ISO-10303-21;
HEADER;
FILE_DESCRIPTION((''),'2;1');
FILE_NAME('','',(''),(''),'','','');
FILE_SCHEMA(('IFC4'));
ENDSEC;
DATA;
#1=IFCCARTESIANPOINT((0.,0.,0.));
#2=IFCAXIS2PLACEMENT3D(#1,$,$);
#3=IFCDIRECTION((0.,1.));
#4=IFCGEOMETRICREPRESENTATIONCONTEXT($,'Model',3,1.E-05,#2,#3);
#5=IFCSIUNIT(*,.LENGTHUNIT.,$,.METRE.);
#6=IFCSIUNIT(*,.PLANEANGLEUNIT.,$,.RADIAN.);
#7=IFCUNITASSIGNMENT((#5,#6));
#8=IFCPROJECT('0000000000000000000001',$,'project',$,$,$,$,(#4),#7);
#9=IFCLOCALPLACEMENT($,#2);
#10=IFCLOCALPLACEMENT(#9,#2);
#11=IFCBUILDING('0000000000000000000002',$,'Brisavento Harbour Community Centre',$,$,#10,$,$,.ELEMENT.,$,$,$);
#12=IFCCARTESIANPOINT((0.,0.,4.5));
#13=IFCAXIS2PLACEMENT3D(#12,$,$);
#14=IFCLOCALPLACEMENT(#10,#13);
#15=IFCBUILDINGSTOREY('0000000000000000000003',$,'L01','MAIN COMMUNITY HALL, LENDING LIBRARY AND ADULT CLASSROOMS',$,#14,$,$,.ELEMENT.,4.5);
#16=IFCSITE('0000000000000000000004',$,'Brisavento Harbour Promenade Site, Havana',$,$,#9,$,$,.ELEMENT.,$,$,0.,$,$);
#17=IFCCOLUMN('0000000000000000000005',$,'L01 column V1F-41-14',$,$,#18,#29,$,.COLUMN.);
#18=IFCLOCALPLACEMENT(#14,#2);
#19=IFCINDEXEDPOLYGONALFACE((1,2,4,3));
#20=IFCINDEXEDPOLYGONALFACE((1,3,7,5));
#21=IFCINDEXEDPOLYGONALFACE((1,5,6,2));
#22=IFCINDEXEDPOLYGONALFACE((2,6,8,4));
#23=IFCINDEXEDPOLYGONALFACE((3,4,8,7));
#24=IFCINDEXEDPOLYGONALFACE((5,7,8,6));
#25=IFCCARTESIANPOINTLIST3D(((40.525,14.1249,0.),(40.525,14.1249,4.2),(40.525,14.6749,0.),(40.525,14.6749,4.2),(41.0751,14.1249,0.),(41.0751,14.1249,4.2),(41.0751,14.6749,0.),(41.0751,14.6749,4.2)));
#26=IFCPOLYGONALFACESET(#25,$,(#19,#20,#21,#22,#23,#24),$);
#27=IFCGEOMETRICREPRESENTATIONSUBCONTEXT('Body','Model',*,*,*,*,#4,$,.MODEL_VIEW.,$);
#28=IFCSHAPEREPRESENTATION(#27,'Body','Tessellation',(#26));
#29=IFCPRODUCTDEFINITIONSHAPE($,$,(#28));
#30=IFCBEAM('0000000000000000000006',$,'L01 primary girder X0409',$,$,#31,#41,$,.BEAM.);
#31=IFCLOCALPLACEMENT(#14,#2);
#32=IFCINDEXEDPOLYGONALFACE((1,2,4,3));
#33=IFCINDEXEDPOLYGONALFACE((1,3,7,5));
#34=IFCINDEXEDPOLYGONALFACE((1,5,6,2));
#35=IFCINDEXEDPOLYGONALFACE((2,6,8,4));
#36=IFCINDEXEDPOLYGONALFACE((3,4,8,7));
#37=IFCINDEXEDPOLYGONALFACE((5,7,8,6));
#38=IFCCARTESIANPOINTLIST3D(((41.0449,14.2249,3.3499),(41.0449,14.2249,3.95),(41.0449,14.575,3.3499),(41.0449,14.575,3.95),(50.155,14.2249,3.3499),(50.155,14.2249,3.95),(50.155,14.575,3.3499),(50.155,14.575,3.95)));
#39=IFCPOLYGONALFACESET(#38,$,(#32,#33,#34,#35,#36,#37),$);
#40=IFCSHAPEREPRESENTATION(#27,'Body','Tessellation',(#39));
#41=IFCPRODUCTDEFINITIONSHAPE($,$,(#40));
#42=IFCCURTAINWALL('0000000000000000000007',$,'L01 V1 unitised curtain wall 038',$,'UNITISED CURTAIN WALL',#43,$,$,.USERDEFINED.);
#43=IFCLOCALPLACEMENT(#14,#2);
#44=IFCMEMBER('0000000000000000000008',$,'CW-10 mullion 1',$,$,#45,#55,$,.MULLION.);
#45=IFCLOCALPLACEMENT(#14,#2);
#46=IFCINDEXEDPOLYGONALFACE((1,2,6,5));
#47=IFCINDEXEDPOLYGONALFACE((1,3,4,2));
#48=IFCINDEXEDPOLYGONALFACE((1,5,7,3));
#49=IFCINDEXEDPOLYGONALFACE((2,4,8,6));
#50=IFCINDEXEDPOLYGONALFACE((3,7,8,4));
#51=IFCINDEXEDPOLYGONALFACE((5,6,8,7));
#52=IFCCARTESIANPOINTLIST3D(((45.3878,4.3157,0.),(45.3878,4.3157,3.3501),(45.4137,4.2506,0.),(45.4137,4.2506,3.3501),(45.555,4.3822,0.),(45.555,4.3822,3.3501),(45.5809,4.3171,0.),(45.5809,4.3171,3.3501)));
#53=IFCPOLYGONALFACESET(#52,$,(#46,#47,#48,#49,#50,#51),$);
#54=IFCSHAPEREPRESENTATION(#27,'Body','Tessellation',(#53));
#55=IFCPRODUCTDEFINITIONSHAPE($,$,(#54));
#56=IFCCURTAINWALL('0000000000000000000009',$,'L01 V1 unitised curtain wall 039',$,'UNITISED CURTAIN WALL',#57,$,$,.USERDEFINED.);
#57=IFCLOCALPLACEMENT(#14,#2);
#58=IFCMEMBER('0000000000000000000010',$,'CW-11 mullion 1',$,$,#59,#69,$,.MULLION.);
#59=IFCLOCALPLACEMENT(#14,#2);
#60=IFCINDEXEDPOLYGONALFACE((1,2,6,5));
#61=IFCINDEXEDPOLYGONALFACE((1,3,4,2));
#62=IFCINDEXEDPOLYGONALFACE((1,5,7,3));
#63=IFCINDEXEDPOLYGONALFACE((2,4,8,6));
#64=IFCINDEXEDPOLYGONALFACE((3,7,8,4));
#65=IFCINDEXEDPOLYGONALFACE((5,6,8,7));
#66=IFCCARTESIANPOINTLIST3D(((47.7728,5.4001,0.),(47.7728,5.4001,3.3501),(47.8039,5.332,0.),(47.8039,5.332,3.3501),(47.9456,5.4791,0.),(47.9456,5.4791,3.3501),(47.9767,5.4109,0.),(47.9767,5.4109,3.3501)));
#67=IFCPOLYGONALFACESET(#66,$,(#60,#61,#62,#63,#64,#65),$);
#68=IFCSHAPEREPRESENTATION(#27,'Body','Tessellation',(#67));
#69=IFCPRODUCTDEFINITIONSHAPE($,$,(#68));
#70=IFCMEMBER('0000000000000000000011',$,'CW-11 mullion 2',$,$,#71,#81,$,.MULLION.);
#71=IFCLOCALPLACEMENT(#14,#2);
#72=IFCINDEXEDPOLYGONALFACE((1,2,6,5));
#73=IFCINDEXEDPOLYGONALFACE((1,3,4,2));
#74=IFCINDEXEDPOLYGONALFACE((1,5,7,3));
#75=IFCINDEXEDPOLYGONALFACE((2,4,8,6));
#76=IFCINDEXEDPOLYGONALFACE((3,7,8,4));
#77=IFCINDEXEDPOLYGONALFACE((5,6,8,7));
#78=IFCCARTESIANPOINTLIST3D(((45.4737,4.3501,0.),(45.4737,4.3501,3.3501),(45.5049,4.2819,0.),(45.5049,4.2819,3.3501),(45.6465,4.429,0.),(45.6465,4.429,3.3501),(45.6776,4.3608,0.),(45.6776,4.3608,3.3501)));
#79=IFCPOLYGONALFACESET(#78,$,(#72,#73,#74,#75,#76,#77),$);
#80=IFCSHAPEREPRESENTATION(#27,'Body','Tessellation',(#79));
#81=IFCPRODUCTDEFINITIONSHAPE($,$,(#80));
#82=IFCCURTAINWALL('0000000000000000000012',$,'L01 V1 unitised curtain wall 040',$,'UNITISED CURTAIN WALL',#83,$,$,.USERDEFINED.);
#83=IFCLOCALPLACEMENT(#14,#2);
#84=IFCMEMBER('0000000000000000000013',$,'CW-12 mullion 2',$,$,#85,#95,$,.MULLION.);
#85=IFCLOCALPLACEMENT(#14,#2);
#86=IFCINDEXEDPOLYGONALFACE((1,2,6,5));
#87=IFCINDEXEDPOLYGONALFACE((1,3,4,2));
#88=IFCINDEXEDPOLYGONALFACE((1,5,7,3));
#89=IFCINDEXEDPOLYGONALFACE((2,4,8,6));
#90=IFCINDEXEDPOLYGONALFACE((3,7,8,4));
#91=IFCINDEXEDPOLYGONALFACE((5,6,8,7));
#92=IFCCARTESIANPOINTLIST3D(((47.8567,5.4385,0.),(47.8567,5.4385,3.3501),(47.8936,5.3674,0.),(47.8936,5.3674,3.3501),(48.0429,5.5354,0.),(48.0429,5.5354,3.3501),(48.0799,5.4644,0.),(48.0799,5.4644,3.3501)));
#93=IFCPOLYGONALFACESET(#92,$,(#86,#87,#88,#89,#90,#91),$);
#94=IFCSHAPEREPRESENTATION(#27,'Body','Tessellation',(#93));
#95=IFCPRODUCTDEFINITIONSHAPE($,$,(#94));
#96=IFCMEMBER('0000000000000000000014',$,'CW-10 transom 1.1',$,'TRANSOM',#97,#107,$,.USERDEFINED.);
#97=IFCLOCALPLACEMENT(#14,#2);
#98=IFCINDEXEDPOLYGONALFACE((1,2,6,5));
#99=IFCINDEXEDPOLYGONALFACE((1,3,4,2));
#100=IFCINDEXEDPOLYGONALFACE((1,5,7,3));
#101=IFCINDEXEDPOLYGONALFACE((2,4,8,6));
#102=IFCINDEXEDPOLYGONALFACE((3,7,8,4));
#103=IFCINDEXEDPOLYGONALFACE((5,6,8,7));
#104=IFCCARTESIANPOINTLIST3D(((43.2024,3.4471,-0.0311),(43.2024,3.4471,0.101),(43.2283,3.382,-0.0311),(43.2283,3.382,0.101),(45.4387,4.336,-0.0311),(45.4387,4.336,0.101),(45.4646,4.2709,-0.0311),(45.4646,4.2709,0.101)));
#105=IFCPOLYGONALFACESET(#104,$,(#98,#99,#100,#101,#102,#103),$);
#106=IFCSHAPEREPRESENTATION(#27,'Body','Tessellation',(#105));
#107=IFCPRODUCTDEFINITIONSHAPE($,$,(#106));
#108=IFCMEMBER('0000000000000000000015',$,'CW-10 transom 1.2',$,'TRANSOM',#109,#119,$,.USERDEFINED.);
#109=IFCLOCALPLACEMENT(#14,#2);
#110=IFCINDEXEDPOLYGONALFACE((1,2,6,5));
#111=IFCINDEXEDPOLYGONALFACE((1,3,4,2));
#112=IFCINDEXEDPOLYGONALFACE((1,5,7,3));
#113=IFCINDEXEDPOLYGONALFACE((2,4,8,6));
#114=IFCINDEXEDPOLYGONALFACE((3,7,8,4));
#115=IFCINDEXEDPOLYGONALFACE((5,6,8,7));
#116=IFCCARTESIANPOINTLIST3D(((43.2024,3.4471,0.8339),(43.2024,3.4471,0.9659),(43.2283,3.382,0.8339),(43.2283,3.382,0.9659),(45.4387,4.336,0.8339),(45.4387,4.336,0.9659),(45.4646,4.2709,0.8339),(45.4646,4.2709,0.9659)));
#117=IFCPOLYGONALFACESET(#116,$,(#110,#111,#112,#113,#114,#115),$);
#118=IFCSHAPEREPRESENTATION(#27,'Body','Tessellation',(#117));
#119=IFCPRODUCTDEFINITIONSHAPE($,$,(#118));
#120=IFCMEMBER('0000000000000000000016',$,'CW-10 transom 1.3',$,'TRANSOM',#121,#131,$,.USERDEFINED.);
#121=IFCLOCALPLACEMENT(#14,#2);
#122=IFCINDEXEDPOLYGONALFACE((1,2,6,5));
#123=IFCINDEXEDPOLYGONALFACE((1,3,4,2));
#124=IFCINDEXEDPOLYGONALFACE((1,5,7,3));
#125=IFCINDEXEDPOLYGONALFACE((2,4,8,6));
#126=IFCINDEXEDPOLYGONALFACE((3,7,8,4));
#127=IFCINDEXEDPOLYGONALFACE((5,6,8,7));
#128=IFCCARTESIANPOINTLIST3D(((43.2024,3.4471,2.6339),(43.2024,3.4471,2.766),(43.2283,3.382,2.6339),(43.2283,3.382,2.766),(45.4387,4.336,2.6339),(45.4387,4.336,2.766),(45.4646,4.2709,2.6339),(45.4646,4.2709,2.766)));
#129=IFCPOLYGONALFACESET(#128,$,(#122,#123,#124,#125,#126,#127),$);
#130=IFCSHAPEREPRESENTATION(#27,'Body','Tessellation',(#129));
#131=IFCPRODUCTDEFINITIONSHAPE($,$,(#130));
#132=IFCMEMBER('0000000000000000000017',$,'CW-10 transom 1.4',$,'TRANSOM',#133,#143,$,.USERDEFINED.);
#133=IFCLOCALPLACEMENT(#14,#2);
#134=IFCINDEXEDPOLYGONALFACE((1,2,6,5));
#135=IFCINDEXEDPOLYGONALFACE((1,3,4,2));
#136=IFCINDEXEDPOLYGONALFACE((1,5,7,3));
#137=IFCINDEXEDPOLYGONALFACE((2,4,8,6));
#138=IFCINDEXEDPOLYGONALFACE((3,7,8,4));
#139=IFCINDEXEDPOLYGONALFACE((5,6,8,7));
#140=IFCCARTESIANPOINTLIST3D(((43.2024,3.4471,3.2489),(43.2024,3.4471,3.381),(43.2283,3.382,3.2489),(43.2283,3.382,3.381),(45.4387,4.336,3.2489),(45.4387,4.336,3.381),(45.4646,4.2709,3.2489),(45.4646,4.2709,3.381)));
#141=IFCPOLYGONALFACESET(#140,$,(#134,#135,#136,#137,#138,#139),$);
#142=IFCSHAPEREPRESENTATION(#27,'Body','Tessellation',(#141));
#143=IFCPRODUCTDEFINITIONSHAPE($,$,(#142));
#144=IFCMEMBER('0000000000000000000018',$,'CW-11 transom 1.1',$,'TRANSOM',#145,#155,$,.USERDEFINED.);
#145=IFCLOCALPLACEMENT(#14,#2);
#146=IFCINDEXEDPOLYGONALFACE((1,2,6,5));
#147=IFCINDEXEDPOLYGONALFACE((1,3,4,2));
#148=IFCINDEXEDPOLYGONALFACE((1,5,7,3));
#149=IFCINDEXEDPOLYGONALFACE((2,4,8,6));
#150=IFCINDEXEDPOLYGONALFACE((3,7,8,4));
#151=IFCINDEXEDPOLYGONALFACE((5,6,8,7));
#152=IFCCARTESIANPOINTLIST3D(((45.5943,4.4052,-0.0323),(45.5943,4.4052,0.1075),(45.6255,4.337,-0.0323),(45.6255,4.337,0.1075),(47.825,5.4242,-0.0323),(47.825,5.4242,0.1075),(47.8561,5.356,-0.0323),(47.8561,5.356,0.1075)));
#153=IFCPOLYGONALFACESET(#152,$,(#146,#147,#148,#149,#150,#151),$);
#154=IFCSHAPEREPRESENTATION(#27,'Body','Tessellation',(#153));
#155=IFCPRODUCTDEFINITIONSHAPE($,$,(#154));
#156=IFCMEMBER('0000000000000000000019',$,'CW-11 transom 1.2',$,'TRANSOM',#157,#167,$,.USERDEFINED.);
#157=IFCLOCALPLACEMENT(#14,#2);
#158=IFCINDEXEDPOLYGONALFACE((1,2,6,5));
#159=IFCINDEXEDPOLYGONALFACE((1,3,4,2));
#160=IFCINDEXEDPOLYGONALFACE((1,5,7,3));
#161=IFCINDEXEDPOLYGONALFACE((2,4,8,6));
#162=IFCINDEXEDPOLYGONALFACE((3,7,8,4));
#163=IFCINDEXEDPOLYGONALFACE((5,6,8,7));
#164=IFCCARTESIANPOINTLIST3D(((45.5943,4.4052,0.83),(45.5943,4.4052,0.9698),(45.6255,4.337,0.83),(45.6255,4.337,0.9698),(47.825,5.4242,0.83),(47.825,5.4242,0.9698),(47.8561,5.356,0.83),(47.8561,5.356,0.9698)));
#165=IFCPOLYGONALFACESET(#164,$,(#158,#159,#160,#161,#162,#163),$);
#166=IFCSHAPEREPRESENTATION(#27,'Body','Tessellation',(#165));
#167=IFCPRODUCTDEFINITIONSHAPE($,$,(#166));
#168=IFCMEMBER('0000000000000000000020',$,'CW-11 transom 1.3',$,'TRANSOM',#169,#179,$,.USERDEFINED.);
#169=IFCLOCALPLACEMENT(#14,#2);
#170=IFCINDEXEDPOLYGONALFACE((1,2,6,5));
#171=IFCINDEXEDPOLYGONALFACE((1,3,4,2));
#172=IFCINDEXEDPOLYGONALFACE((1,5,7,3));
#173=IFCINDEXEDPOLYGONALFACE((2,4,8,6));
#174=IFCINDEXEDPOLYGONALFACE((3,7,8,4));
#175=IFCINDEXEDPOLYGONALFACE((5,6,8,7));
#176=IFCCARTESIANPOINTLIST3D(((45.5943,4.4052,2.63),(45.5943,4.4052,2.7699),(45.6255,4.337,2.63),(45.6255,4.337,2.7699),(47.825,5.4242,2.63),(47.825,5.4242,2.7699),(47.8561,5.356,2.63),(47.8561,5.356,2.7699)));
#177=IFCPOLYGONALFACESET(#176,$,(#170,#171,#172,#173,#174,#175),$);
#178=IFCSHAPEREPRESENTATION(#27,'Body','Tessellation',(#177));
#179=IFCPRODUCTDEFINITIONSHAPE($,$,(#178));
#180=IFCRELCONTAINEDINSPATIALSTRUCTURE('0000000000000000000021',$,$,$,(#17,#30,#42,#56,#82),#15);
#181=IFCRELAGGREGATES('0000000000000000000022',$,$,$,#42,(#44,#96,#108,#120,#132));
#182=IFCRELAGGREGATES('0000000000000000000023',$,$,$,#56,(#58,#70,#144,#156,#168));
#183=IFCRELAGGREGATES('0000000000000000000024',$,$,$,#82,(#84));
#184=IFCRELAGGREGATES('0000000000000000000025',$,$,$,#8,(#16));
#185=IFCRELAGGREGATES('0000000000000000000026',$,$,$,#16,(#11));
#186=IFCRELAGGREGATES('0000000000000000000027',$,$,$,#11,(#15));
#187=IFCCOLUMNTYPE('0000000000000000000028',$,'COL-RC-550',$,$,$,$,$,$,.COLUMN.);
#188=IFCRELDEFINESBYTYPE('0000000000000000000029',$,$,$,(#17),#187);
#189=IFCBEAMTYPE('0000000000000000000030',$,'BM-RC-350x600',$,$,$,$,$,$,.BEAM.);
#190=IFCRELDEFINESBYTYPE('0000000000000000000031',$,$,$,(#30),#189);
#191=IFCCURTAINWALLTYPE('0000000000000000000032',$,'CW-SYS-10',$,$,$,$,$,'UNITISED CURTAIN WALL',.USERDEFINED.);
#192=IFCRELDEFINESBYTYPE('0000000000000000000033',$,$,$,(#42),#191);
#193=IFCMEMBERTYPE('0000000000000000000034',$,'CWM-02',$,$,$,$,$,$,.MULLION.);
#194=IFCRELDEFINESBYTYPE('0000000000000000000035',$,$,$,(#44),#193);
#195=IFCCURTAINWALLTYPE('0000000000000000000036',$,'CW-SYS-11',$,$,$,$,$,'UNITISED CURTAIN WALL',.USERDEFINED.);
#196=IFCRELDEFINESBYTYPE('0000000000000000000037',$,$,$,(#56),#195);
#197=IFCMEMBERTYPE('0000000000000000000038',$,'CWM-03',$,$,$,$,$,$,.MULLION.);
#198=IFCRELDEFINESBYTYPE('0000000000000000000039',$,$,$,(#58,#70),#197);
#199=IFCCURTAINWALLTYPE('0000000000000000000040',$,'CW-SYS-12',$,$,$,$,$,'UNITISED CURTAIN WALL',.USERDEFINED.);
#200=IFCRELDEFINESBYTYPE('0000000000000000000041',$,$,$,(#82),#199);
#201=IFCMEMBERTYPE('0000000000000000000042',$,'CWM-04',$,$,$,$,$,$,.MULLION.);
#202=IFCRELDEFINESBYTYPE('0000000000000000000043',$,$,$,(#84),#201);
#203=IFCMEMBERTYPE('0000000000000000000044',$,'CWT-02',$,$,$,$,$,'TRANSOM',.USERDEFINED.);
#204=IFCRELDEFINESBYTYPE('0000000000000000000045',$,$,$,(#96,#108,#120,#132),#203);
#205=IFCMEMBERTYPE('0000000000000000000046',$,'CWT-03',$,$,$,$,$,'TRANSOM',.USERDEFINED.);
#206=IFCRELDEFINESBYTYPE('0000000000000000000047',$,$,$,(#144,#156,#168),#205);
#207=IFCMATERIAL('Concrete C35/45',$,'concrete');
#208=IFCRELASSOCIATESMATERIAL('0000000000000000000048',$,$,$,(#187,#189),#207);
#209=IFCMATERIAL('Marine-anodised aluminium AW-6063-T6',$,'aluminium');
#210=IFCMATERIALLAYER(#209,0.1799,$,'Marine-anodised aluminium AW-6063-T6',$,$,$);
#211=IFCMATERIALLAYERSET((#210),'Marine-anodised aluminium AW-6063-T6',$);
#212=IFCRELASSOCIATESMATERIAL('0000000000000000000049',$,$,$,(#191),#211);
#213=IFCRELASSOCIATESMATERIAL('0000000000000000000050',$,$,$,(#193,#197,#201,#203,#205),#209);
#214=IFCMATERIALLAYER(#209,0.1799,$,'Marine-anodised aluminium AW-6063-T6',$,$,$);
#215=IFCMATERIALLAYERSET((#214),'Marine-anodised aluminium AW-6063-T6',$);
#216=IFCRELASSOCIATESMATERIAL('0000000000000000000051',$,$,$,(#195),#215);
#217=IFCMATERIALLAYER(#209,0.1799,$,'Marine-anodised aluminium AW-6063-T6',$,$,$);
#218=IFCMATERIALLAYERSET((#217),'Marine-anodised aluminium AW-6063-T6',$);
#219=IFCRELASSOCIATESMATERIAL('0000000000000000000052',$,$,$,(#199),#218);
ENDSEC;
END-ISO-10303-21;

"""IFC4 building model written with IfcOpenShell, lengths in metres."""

from ifc_helpers import new_model, si_unit, direction, frame, origin, origin_2d, place, context, subcontext, project, spatial, rectangle, extrude, material, layer, layer_set, material_profile, profile_set, type_object, element, aggregate, save


model = new_model("IFC4")

# Units and contexts
model_context = context("Model", 3, precision=1e-05, world=origin(), true_north=direction((0.0, 1.0)))
body_context = subcontext(model_context, "Body", "Model", "MODEL_VIEW")
ifc_project = project(units=[si_unit("LENGTHUNIT", "METRE"), si_unit("PLANEANGLEUNIT", "RADIAN")], contexts=[model_context])

# Site, building, storey
site_placement = place(None, origin())
site = spatial("IfcSite", under=ifc_project, at=site_placement, Name="Brisavento Harbour Promenade Site, Havana", CompositionType="ELEMENT", RefElevation=0.0)
building_placement = place(site_placement, origin())
building = spatial("IfcBuilding", under=site, at=building_placement, Name="Brisavento Harbour Community Centre", CompositionType="ELEMENT")
storey_placement = place(building_placement, frame((0.0, 0.0, 4.5)))
storey = spatial("IfcBuildingStorey", under=building, at=storey_placement, Name="L01", Description="MAIN COMMUNITY HALL, LENDING LIBRARY AND ADULT CLASSROOMS", CompositionType="ELEMENT", Elevation=4.5)

# Column
ifc_material_1 = material(Name="Concrete C35/45", Category="concrete")
ifc_material_profile_1 = material_profile(ifc_material_1, rectangle(XDim=0.55, YDim=0.55, at=origin_2d()), Name="Concrete C35/45")
ifc_profile_set_1 = profile_set([ifc_material_profile_1], Name="Concrete C35/45")
column_type = type_object("IfcColumnType", Name="COL-RC-550", PredefinedType="COLUMN", material=ifc_profile_set_1)
column_placement = place(storey_placement, frame((40.8, 14.3999, 0.0), z_axis=(0.0, 0.0, 1.0), x_axis=(1.0, 0.0, 0.0)))
element("IfcColumn", 1, at=column_placement, inside=storey, type_object=column_type, Name="L01 column V1F-41-14", PredefinedType="COLUMN", context=body_context, shape_type="SweptSolid", body=[
    extrude(rectangle(XDim=0.55, YDim=0.55, at=origin_2d()), origin(), (0.0, 0.0, 1.0), 4.2),
])

# Beam
ifc_material_profile_2 = material_profile(ifc_material_1, rectangle(XDim=0.3501, YDim=0.6001, at=origin_2d()), Name="Concrete C35/45")
ifc_profile_set_2 = profile_set([ifc_material_profile_2], Name="Concrete C35/45")
beam_type = type_object("IfcBeamType", Name="BM-RC-350x600", PredefinedType="BEAM", material=ifc_profile_set_2)
beam_placement = place(storey_placement, frame((41.0449, 14.3999, 3.6499), z_axis=(1.0, 0.0, 0.0), x_axis=(0.0, 1.0, 0.0)))
element("IfcBeam", 2, at=beam_placement, inside=storey, type_object=beam_type, Name="L01 primary girder X0409", PredefinedType="BEAM", context=body_context, shape_type="SweptSolid", body=[
    extrude(rectangle(XDim=0.3501, YDim=0.6001, at=origin_2d()), origin(), (0.0, 0.0, 1.0), 9.1101),
])

# Curtain wall, member
ifc_material_2 = material(Name="Marine-anodised aluminium AW-6063-T6", Category="aluminium")
ifc_layer_1 = layer(ifc_material_2, 0.1799, Name="Marine-anodised aluminium AW-6063-T6")
ifc_layer_set_1 = layer_set([ifc_layer_1], Name="Marine-anodised aluminium AW-6063-T6")
curtain_wall_type_1 = type_object("IfcCurtainWallType", Name="CW-SYS-10", ElementType="UNITISED CURTAIN WALL", PredefinedType="USERDEFINED", material=ifc_layer_set_1)
curtain_wall_1_placement = place(storey_placement, origin())
curtain_wall_1 = element("IfcCurtainWall", 3, at=curtain_wall_1_placement, inside=storey, type_object=curtain_wall_type_1, Name="L01 V1 unitised curtain wall 038", ObjectType="UNITISED CURTAIN WALL", PredefinedType="USERDEFINED")
ifc_material_profile_3 = material_profile(ifc_material_2, rectangle(XDim=0.0701, YDim=0.1799, at=origin_2d()), Name="Marine-anodised aluminium AW-6063-T6")
ifc_profile_set_3 = profile_set([ifc_material_profile_3], Name="Marine-anodised aluminium AW-6063-T6")
member_type_1 = type_object("IfcMemberType", Name="CWM-02", PredefinedType="MULLION", material=ifc_profile_set_3)
member_1_placement = place(storey_placement, frame((45.4844, 4.3164, 0.0), z_axis=(0.0, 0.0, 1.0), x_axis=(0.369379, -0.929279, 0.0)))
member_1 = element("IfcMember", 4, at=member_1_placement, type_object=member_type_1, Name="CW-10 mullion 1", PredefinedType="MULLION", context=body_context, shape_type="SweptSolid", body=[
    extrude(rectangle(XDim=0.0701, YDim=0.1799, at=origin_2d()), origin(), (0.0, 0.0, 1.0), 3.3501),
])

# Curtain wall, members
ifc_layer_2 = layer(ifc_material_2, 0.1799, Name="Marine-anodised aluminium AW-6063-T6")
ifc_layer_set_2 = layer_set([ifc_layer_2], Name="Marine-anodised aluminium AW-6063-T6")
curtain_wall_type_2 = type_object("IfcCurtainWallType", Name="CW-SYS-11", ElementType="UNITISED CURTAIN WALL", PredefinedType="USERDEFINED", material=ifc_layer_set_2)
curtain_wall_2_placement = place(storey_placement, origin())
curtain_wall_2 = element("IfcCurtainWall", 5, at=curtain_wall_2_placement, inside=storey, type_object=curtain_wall_type_2, Name="L01 V1 unitised curtain wall 039", ObjectType="UNITISED CURTAIN WALL", PredefinedType="USERDEFINED")
ifc_material_profile_4 = material_profile(ifc_material_2, rectangle(XDim=0.075, YDim=0.1899, at=origin_2d()), Name="Marine-anodised aluminium AW-6063-T6")
ifc_profile_set_4 = profile_set([ifc_material_profile_4], Name="Marine-anodised aluminium AW-6063-T6")
member_type_2 = type_object("IfcMemberType", Name="CWM-03", PredefinedType="MULLION", material=ifc_profile_set_4)
member_2_placement = place(storey_placement, frame((47.8748, 5.4055, 0.0), z_axis=(0.0, 0.0, 1.0), x_axis=(0.41549, -0.909598, 0.0)))
member_2 = element("IfcMember", 6, at=member_2_placement, type_object=member_type_2, Name="CW-11 mullion 1", PredefinedType="MULLION", context=body_context, shape_type="SweptSolid", body=[
    extrude(rectangle(XDim=0.075, YDim=0.1899, at=origin_2d()), origin(), (0.0, 0.0, 1.0), 3.3501),
])
member_3_placement = place(storey_placement, frame((45.5757, 4.3555, 0.0), z_axis=(0.0, 0.0, 1.0), x_axis=(0.41549, -0.909598, 0.0)))
member_3 = element("IfcMember", 7, at=member_3_placement, type_object=member_type_2, Name="CW-11 mullion 2", PredefinedType="MULLION", context=body_context, shape_type="SweptSolid", body=[
    extrude(rectangle(XDim=0.075, YDim=0.1899, at=origin_2d()), origin(), (0.0, 0.0, 1.0), 3.3501),
])

# Curtain wall, member
ifc_layer_3 = layer(ifc_material_2, 0.1799, Name="Marine-anodised aluminium AW-6063-T6")
ifc_layer_set_3 = layer_set([ifc_layer_3], Name="Marine-anodised aluminium AW-6063-T6")
curtain_wall_type_3 = type_object("IfcCurtainWallType", Name="CW-SYS-12", ElementType="UNITISED CURTAIN WALL", PredefinedType="USERDEFINED", material=ifc_layer_set_3)
curtain_wall_3_placement = place(storey_placement, origin())
curtain_wall_3 = element("IfcCurtainWall", 8, at=curtain_wall_3_placement, inside=storey, type_object=curtain_wall_type_3, Name="L01 V1 unitised curtain wall 040", ObjectType="UNITISED CURTAIN WALL", PredefinedType="USERDEFINED")
ifc_material_profile_5 = material_profile(ifc_material_2, rectangle(XDim=0.0801, YDim=0.21, at=origin_2d()), Name="Marine-anodised aluminium AW-6063-T6")
ifc_profile_set_5 = profile_set([ifc_material_profile_5], Name="Marine-anodised aluminium AW-6063-T6")
member_type_3 = type_object("IfcMemberType", Name="CWM-04", PredefinedType="MULLION", material=ifc_profile_set_5)
member_4_placement = place(storey_placement, frame((47.9683, 5.4514, 0.0), z_axis=(0.0, 0.0, 1.0), x_axis=(0.461732, -0.88702, 0.0)))
member_4 = element("IfcMember", 9, at=member_4_placement, type_object=member_type_3, Name="CW-12 mullion 2", PredefinedType="MULLION", context=body_context, shape_type="SweptSolid", body=[
    extrude(rectangle(XDim=0.0801, YDim=0.21, at=origin_2d()), origin(), (0.0, 0.0, 1.0), 3.3501),
])

# Members
ifc_material_profile_6 = material_profile(ifc_material_2, rectangle(XDim=0.0701, YDim=0.1321, at=origin_2d()), Name="Marine-anodised aluminium AW-6063-T6")
ifc_profile_set_6 = profile_set([ifc_material_profile_6], Name="Marine-anodised aluminium AW-6063-T6")
member_type_4 = type_object("IfcMemberType", Name="CWT-02", ElementType="TRANSOM", PredefinedType="USERDEFINED", material=ifc_profile_set_6)
member_5_placement = place(storey_placement, frame((45.4517, 4.3035, 0.0349), z_axis=(-0.929279, -0.369378, 0.0), x_axis=(0.369378, -0.929279, 0.0)))
member_5 = element("IfcMember", 10, at=member_5_placement, type_object=member_type_4, Name="CW-10 transom 1.1", ObjectType="TRANSOM", PredefinedType="USERDEFINED", context=body_context, shape_type="SweptSolid", body=[
    extrude(rectangle(XDim=0.0701, YDim=0.1321, at=origin_2d()), origin(), (0.0, 0.0, 1.0), 2.4065),
])
member_6_placement = place(storey_placement, frame((45.4517, 4.3035, 0.8999), z_axis=(-0.929279, -0.369378, 0.0), x_axis=(0.369378, -0.929279, 0.0)))
member_6 = element("IfcMember", 11, at=member_6_placement, type_object=member_type_4, Name="CW-10 transom 1.2", ObjectType="TRANSOM", PredefinedType="USERDEFINED", context=body_context, shape_type="SweptSolid", body=[
    extrude(rectangle(XDim=0.0701, YDim=0.1321, at=origin_2d()), origin(), (0.0, 0.0, 1.0), 2.4065),
])
member_7_placement = place(storey_placement, frame((45.4517, 4.3035, 2.7), z_axis=(-0.929279, -0.369378, 0.0), x_axis=(0.369378, -0.929279, 0.0)))
member_7 = element("IfcMember", 12, at=member_7_placement, type_object=member_type_4, Name="CW-10 transom 1.3", ObjectType="TRANSOM", PredefinedType="USERDEFINED", context=body_context, shape_type="SweptSolid", body=[
    extrude(rectangle(XDim=0.0701, YDim=0.1321, at=origin_2d()), origin(), (0.0, 0.0, 1.0), 2.4065),
])
member_8_placement = place(storey_placement, frame((45.4517, 4.3035, 3.3149), z_axis=(-0.929279, -0.369378, 0.0), x_axis=(0.369378, -0.929279, 0.0)))
member_8 = element("IfcMember", 13, at=member_8_placement, type_object=member_type_4, Name="CW-10 transom 1.4", ObjectType="TRANSOM", PredefinedType="USERDEFINED", context=body_context, shape_type="SweptSolid", body=[
    extrude(rectangle(XDim=0.0701, YDim=0.1321, at=origin_2d()), origin(), (0.0, 0.0, 1.0), 2.4065),
])
aggregate(curtain_wall_1, [member_1, member_5, member_6, member_7, member_8])
ifc_material_profile_7 = material_profile(ifc_material_2, rectangle(XDim=0.075, YDim=0.1399, at=origin_2d()), Name="Marine-anodised aluminium AW-6063-T6")
ifc_profile_set_7 = profile_set([ifc_material_profile_7], Name="Marine-anodised aluminium AW-6063-T6")
member_type_5 = type_object("IfcMemberType", Name="CWT-03", ElementType="TRANSOM", PredefinedType="USERDEFINED", material=ifc_profile_set_7)
member_9_placement = place(storey_placement, frame((47.8406, 5.3901, 0.0376), z_axis=(-0.909584, -0.41552, 0.0), x_axis=(0.41552, -0.909584, 0.0)))
member_9 = element("IfcMember", 14, at=member_9_placement, type_object=member_type_5, Name="CW-11 transom 1.1", ObjectType="TRANSOM", PredefinedType="USERDEFINED", context=body_context, shape_type="SweptSolid", body=[
    extrude(rectangle(XDim=0.075, YDim=0.1399, at=origin_2d()), origin(), (0.0, 0.0, 1.0), 2.4524),
])
member_10_placement = place(storey_placement, frame((47.8406, 5.3901, 0.8999), z_axis=(-0.909584, -0.41552, 0.0), x_axis=(0.41552, -0.909584, 0.0)))
member_10 = element("IfcMember", 15, at=member_10_placement, type_object=member_type_5, Name="CW-11 transom 1.2", ObjectType="TRANSOM", PredefinedType="USERDEFINED", context=body_context, shape_type="SweptSolid", body=[
    extrude(rectangle(XDim=0.075, YDim=0.1399, at=origin_2d()), origin(), (0.0, 0.0, 1.0), 2.4524),
])
member_11_placement = place(storey_placement, frame((47.8406, 5.3901, 2.7), z_axis=(-0.909584, -0.41552, 0.0), x_axis=(0.41552, -0.909584, 0.0)))
member_11 = element("IfcMember", 16, at=member_11_placement, type_object=member_type_5, Name="CW-11 transom 1.3", ObjectType="TRANSOM", PredefinedType="USERDEFINED", context=body_context, shape_type="SweptSolid", body=[
    extrude(rectangle(XDim=0.075, YDim=0.1399, at=origin_2d()), origin(), (0.0, 0.0, 1.0), 2.4524),
])

aggregate(curtain_wall_2, [member_2, member_3, member_9, member_10, member_11])
aggregate(curtain_wall_3, [member_4])

save(model, "model.ifc")
